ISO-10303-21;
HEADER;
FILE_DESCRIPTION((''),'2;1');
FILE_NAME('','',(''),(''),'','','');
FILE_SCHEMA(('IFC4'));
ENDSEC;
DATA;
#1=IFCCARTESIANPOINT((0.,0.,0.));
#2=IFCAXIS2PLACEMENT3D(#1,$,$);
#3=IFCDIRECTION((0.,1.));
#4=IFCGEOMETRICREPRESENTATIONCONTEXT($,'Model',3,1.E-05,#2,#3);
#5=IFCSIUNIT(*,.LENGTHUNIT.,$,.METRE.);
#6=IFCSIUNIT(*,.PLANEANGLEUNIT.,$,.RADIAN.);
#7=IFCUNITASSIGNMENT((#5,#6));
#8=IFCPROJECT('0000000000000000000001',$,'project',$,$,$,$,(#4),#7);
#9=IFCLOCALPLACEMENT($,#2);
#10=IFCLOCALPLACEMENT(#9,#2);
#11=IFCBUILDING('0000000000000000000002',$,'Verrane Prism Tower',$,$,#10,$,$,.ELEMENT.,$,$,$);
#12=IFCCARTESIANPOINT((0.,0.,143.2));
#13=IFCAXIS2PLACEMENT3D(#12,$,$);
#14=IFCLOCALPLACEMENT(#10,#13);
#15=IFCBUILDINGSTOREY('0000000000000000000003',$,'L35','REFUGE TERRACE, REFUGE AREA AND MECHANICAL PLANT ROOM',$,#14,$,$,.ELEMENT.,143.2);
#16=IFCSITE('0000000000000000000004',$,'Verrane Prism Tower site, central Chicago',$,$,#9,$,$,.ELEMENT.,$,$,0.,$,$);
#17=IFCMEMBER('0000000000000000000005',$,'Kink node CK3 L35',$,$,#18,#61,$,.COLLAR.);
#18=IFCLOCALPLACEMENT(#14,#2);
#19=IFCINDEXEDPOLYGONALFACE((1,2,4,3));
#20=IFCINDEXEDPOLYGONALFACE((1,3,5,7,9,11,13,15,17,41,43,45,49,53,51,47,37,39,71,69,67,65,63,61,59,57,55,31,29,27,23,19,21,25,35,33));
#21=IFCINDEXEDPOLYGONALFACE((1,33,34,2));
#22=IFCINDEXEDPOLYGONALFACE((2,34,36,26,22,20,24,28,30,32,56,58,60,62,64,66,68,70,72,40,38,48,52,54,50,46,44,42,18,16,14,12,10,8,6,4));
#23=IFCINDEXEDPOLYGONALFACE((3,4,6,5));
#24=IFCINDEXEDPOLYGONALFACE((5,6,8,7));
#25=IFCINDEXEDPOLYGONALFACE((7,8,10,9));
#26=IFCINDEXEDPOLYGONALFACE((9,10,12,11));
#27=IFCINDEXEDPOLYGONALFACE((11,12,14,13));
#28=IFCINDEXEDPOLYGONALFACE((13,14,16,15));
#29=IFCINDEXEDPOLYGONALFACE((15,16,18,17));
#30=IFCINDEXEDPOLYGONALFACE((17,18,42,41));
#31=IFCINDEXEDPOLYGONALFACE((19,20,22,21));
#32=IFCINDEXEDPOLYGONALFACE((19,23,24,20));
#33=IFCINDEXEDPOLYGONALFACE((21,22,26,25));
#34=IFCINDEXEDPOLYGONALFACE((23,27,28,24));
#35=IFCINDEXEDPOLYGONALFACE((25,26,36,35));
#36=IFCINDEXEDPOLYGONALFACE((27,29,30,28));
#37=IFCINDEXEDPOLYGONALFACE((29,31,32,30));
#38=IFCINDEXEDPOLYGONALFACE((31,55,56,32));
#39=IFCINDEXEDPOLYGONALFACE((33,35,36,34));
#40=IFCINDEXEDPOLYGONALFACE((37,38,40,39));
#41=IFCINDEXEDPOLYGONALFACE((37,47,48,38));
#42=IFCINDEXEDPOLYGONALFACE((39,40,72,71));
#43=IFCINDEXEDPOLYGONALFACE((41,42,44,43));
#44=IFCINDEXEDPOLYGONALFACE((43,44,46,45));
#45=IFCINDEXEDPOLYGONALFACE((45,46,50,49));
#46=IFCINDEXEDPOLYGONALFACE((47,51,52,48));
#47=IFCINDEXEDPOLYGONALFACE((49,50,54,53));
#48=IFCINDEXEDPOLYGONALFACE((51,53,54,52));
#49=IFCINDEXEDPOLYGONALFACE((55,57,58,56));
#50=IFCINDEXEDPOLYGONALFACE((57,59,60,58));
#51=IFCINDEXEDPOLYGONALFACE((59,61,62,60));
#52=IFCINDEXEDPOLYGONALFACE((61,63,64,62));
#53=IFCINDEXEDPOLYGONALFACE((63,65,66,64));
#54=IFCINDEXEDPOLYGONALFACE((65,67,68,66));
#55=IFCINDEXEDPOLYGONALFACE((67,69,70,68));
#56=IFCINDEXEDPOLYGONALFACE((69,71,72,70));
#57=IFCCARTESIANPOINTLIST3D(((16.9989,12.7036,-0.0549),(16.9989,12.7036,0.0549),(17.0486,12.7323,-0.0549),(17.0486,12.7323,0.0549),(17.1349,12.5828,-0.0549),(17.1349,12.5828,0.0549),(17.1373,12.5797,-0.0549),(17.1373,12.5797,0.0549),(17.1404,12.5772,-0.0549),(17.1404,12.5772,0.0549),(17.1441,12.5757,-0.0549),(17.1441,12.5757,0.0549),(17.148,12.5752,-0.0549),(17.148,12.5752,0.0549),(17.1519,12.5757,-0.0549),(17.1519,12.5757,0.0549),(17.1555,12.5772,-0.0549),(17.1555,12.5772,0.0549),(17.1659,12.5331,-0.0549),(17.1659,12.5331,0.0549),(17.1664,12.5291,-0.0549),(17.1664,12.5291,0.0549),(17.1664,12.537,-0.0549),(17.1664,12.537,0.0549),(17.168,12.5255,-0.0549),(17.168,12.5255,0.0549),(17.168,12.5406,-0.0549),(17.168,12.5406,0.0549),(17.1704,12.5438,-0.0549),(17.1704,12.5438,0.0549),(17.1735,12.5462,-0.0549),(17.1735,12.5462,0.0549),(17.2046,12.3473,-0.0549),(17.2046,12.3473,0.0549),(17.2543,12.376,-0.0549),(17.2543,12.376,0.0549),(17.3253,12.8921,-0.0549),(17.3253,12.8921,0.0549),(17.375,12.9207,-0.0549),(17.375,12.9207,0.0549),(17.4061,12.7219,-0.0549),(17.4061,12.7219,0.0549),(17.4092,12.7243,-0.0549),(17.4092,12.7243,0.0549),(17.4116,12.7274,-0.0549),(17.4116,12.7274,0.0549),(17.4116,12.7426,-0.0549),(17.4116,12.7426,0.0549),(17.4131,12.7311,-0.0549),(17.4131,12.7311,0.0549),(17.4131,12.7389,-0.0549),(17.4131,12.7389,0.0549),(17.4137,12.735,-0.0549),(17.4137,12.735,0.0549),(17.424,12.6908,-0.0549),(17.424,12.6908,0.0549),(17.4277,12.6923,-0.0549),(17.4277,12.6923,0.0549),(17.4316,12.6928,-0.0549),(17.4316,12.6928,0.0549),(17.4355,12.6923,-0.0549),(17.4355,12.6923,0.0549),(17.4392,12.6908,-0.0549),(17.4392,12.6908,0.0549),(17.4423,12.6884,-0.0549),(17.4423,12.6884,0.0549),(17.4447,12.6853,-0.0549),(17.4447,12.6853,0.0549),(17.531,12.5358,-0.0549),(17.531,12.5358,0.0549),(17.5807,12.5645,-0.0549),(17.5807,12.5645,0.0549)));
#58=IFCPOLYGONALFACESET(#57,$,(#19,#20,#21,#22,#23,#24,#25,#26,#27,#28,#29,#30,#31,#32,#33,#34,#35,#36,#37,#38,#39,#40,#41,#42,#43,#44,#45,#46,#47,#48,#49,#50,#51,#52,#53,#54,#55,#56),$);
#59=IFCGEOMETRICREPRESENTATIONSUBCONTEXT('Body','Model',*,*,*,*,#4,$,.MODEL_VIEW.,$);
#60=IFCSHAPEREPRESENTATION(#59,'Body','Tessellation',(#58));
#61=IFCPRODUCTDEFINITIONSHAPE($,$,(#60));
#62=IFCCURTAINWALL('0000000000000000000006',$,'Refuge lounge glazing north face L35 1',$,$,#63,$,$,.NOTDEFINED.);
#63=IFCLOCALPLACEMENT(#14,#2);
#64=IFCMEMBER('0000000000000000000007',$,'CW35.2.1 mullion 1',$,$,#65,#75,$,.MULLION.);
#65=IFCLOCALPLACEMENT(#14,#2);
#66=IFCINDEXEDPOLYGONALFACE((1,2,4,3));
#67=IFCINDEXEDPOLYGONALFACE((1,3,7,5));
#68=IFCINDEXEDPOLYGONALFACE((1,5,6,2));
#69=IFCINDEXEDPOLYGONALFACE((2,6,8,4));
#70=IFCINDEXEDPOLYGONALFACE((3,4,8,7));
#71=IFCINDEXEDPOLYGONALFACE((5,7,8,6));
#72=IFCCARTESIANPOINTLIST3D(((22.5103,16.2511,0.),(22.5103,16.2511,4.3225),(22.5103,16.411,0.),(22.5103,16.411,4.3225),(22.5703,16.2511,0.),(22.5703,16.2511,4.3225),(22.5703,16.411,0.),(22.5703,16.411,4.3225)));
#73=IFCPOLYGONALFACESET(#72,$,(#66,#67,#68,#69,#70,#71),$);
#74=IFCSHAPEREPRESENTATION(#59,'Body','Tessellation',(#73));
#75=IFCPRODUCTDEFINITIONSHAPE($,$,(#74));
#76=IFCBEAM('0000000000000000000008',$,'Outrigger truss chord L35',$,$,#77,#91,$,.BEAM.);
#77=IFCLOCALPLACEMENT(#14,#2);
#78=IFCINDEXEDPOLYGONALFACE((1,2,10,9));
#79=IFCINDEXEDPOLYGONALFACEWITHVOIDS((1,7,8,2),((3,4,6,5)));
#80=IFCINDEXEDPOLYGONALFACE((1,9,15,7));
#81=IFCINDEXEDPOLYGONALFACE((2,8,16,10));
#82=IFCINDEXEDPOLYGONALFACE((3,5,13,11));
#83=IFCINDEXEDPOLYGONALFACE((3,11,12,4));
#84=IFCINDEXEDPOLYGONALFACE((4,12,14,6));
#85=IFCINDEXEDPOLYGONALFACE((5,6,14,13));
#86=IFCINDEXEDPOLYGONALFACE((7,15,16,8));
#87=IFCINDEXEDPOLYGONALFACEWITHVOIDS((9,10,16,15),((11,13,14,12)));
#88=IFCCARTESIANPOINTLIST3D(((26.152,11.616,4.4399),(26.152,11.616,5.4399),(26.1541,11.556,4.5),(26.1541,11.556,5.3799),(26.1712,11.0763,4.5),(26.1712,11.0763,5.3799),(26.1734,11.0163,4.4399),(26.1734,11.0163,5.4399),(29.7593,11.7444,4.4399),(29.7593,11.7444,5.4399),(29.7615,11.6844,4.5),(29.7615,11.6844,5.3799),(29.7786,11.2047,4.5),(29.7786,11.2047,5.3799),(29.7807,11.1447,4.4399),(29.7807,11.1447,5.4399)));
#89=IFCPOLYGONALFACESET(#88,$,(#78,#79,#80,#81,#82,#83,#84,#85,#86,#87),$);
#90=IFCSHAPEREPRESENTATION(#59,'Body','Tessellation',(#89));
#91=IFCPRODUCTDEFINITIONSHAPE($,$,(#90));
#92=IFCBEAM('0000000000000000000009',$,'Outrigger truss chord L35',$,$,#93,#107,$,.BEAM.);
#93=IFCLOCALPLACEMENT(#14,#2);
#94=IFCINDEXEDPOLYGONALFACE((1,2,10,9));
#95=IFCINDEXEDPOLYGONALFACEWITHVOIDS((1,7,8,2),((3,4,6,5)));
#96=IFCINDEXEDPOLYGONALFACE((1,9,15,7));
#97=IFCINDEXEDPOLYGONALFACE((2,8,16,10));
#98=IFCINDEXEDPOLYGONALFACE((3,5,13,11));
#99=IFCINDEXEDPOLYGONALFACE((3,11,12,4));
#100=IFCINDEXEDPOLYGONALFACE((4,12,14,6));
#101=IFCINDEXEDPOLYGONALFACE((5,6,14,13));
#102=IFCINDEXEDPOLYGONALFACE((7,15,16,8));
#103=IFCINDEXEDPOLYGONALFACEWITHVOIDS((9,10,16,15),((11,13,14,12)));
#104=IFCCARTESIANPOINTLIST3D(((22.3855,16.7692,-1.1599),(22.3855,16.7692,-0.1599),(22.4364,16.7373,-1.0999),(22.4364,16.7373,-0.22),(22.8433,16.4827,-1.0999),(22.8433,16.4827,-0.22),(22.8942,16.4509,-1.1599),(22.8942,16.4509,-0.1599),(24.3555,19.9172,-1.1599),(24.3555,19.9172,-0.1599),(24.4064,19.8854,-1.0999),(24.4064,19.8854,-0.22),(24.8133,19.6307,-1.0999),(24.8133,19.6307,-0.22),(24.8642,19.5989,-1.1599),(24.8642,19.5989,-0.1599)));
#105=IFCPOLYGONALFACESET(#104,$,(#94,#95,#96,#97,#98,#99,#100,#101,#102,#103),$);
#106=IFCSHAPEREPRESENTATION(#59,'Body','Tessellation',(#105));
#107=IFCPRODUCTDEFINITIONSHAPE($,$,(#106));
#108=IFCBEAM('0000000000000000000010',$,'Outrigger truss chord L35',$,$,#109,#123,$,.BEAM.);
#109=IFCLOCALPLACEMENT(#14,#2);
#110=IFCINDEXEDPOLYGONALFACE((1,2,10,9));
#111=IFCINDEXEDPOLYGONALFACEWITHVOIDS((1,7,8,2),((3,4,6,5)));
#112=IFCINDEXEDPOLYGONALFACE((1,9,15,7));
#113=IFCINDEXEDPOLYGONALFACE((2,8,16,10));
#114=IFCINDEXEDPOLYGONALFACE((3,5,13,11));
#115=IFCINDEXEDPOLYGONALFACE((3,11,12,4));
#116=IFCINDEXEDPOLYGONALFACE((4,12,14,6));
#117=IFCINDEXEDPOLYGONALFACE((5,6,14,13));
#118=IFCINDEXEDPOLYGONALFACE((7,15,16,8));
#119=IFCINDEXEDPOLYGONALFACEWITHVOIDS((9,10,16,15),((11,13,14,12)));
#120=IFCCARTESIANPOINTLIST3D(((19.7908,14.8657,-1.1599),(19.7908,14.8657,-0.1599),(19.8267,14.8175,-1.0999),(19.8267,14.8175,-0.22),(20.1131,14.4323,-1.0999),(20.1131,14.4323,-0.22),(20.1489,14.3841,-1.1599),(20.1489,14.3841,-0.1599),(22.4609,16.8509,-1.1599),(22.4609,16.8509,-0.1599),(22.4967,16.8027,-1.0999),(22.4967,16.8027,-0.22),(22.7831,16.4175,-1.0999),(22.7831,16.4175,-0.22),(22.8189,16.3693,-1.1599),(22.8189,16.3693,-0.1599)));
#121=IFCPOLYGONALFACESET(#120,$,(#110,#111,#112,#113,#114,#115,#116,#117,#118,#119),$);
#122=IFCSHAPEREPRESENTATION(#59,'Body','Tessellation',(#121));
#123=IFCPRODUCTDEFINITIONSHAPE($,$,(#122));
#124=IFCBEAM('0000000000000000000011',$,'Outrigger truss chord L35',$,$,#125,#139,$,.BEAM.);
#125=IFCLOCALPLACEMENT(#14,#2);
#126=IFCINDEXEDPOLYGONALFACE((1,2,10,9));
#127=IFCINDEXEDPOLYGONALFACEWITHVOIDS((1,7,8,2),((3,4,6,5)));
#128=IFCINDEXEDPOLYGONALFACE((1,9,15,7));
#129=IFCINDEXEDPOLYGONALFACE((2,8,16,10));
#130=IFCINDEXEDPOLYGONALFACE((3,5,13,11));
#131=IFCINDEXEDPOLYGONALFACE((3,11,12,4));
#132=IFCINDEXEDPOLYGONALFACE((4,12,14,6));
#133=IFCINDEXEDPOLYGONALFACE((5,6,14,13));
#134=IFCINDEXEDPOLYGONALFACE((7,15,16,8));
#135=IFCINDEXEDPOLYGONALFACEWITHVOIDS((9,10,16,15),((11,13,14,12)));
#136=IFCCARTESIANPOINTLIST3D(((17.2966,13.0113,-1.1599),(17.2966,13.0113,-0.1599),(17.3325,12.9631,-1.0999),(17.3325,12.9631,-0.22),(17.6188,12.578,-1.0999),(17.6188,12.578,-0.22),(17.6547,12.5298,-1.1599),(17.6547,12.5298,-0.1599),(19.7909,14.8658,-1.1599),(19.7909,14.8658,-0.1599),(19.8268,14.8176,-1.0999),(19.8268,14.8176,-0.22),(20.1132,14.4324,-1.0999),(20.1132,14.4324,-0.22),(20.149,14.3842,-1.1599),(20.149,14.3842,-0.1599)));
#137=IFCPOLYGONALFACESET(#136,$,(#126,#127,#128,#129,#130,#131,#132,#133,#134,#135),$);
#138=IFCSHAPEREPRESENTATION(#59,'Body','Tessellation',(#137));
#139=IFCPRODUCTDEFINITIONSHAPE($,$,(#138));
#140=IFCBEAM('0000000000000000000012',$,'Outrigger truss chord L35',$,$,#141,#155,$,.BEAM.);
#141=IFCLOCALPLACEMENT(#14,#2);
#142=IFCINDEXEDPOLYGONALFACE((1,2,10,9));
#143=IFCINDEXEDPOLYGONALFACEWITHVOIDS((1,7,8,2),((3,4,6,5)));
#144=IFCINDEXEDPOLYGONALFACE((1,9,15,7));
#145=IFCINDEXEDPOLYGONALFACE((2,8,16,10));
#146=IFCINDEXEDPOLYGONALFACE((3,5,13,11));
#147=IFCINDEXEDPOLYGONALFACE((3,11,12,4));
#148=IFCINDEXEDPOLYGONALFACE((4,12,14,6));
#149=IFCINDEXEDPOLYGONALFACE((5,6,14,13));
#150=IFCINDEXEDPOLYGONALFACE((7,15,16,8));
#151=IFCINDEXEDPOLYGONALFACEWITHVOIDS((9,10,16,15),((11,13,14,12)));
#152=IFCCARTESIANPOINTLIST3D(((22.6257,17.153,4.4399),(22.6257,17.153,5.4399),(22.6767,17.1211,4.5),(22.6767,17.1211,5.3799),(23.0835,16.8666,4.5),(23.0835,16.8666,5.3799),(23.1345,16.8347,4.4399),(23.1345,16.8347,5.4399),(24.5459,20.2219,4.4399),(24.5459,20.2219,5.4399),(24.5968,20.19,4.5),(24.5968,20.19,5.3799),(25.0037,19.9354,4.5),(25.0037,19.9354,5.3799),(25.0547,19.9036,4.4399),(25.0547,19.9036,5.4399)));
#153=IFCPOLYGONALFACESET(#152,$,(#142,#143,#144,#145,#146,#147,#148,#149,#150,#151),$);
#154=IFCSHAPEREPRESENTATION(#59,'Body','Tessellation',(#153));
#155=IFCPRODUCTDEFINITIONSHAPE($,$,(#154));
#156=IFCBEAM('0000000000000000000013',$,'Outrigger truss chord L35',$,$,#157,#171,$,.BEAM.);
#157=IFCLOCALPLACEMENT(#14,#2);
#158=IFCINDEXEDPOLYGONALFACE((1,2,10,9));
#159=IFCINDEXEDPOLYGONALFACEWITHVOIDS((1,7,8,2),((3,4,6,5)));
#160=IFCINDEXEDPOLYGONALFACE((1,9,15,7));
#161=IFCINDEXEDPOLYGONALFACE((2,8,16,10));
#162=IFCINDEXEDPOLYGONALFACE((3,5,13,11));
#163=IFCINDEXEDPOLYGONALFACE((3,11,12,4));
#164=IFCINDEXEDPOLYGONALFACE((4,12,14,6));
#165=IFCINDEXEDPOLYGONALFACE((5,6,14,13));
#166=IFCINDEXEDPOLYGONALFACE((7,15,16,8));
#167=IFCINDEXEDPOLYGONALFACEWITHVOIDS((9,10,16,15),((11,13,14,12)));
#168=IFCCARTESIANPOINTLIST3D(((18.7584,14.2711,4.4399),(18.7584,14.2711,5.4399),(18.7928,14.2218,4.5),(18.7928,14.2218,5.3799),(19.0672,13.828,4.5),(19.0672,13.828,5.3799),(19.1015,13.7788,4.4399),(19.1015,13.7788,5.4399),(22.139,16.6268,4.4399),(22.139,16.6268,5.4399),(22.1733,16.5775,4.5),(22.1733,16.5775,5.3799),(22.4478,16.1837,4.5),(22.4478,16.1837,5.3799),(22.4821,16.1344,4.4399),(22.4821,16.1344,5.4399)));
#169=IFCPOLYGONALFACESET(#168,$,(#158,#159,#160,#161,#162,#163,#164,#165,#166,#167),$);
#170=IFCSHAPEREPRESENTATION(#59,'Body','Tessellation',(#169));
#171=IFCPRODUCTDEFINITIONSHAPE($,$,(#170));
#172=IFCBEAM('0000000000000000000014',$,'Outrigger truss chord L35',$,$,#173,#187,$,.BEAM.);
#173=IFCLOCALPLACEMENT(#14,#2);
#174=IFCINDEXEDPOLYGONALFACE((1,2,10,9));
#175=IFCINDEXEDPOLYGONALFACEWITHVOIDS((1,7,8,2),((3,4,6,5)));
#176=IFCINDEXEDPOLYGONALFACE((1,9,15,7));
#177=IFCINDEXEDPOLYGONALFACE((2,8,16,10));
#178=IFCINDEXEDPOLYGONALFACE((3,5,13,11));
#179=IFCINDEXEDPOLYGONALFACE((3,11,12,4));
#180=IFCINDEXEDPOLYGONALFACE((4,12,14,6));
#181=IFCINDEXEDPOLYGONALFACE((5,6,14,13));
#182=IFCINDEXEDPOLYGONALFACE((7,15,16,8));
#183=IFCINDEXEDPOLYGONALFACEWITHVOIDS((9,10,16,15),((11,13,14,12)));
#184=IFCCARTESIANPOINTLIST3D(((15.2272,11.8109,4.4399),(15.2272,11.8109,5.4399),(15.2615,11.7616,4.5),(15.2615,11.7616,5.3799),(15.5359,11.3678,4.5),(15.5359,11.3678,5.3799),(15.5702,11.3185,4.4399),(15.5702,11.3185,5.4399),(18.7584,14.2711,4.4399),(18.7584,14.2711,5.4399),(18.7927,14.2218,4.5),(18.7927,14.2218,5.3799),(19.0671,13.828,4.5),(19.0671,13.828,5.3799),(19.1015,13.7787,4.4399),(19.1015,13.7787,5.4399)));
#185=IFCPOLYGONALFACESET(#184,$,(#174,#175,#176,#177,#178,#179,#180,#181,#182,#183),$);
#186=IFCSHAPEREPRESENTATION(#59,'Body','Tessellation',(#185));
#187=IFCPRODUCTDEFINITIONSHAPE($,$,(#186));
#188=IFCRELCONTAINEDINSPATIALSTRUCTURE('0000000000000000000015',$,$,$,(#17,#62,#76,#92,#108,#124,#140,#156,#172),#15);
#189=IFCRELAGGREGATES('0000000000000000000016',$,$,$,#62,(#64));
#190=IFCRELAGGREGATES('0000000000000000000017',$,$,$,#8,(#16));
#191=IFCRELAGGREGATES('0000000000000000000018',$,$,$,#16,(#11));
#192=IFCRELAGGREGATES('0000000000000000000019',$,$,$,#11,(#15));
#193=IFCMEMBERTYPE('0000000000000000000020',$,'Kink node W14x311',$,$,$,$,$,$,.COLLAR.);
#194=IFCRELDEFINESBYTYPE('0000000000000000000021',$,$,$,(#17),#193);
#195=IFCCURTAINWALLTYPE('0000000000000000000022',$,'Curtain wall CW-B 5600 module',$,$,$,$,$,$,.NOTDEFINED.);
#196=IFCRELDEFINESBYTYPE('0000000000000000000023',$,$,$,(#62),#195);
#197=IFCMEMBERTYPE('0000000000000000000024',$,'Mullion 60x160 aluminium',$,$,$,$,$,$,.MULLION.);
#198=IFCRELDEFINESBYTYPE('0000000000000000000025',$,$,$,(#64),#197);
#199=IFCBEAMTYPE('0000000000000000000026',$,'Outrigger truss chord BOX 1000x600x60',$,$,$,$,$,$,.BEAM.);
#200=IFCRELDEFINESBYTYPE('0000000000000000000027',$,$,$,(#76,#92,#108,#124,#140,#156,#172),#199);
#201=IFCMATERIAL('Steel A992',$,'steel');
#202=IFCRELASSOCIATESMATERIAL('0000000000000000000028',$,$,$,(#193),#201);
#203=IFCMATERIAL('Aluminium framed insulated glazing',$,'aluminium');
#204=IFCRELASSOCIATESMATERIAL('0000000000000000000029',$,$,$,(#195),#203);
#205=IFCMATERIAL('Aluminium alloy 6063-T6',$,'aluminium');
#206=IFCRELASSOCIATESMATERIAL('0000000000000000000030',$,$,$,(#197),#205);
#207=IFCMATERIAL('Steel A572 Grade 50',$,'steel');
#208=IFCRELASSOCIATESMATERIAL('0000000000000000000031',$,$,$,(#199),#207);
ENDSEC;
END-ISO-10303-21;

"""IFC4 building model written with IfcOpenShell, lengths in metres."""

from ifc_helpers import new_model, si_unit, direction, frame, origin, origin_2d, place, context, subcontext, project, spatial, rectangle, hollow_rectangle, i_section, extrude, material, material_profile, profile_set, type_object, element, aggregate, save


model = new_model("IFC4")

# Units and contexts
model_context = context("Model", 3, precision=1e-05, world=origin(), true_north=direction((0.0, 1.0)))
body_context = subcontext(model_context, "Body", "Model", "MODEL_VIEW")
ifc_project = project(units=[si_unit("LENGTHUNIT", "METRE"), si_unit("PLANEANGLEUNIT", "RADIAN")], contexts=[model_context])

# Site, building, storey
site_placement = place(None, origin())
site = spatial("IfcSite", under=ifc_project, at=site_placement, Name="Verrane Prism Tower site, central Chicago", CompositionType="ELEMENT", RefElevation=0.0)
building_placement = place(site_placement, origin())
building = spatial("IfcBuilding", under=site, at=building_placement, Name="Verrane Prism Tower", CompositionType="ELEMENT")
storey_placement = place(building_placement, frame((0.0, 0.0, 143.2)))
storey = spatial("IfcBuildingStorey", under=building, at=storey_placement, Name="L35", Description="REFUGE TERRACE, REFUGE AREA AND MECHANICAL PLANT ROOM", CompositionType="ELEMENT", Elevation=143.2)

# Member
ifc_material_1 = material(Name="Steel A992", Category="steel")
ifc_material_profile_1 = material_profile(ifc_material_1, i_section(OverallWidth=0.4114, OverallDepth=0.4343, WebThickness=0.0359, FlangeThickness=0.0574, FilletRadius=0.0151, at=origin_2d()), Name="W14x311")
ifc_profile_set_1 = profile_set([ifc_material_profile_1], Name="Steel A992")
member_type_1 = type_object("IfcMemberType", Name="Kink node W14x311", PredefinedType="COLLAR", material=ifc_profile_set_1)
member_1_placement = place(storey_placement, frame((17.2898, 12.634, -0.0549), z_axis=(0.0, 0.0, 1.0), x_axis=(0.5, -0.866025, 0.0)))
element("IfcMember", 1, at=member_1_placement, inside=storey, type_object=member_type_1, Name="Kink node CK3 L35", PredefinedType="COLLAR", context=body_context, shape_type="SweptSolid", body=[
    extrude(i_section(OverallWidth=0.4114, OverallDepth=0.4343, WebThickness=0.0359, FlangeThickness=0.0574, FilletRadius=0.0151, at=origin_2d()), origin(), (0.0, 0.0, 1.0), 0.1099),
])

# Curtain wall, member
ifc_material_2 = material(Name="Aluminium framed insulated glazing", Category="aluminium")
curtain_wall_type = type_object("IfcCurtainWallType", Name="Curtain wall CW-B 5600 module", PredefinedType="NOTDEFINED", material=ifc_material_2)
curtain_wall_placement = place(storey_placement, origin())
curtain_wall = element("IfcCurtainWall", 2, at=curtain_wall_placement, inside=storey, type_object=curtain_wall_type, Name="Refuge lounge glazing north face L35 1", PredefinedType="NOTDEFINED")
ifc_material_3 = material(Name="Aluminium alloy 6063-T6", Category="aluminium")
ifc_material_profile_2 = material_profile(ifc_material_3, rectangle(XDim=0.1599, YDim=0.0601, at=origin_2d()), Name="Mullion 60x160 aluminium")
ifc_profile_set_2 = profile_set([ifc_material_profile_2], Name="Aluminium alloy 6063-T6")
member_type_2 = type_object("IfcMemberType", Name="Mullion 60x160 aluminium", PredefinedType="MULLION", material=ifc_profile_set_2)
member_2_placement = place(storey_placement, frame((22.5403, 16.3311, 0.0), z_axis=(0.0, 0.0, 1.0), x_axis=(0.0, -1.0, 0.0)))
member_2 = element("IfcMember", 3, at=member_2_placement, type_object=member_type_2, Name="CW35.2.1 mullion 1", PredefinedType="MULLION", context=body_context, shape_type="SweptSolid", body=[
    extrude(rectangle(XDim=0.1599, YDim=0.0601, at=origin_2d()), origin(), (0.0, 0.0, 1.0), 4.3225),
])

# Beams
ifc_material_4 = material(Name="Steel A572 Grade 50", Category="steel")
ifc_material_profile_3 = material_profile(ifc_material_4, hollow_rectangle(XDim=0.6001, YDim=1.0, WallThickness=0.0601, at=origin_2d()), Name="BOX 1000x600x60")
ifc_profile_set_3 = profile_set([ifc_material_profile_3], Name="Steel A572 Grade 50")
beam_type_1 = type_object("IfcBeamType", Name="Outrigger truss chord BOX 1000x600x60", PredefinedType="BEAM", material=ifc_profile_set_3)
beam_1_placement = place(storey_placement, frame((29.77, 11.4446, 4.9399), z_axis=(-0.999367, -0.035576, 0.0), x_axis=(0.035576, -0.999367, 0.0)))
element("IfcBeam", 4, at=beam_1_placement, inside=storey, type_object=beam_type_1, Name="Outrigger truss chord L35", PredefinedType="BEAM", context=body_context, shape_type="SweptSolid", body=[
    extrude(hollow_rectangle(XDim=0.6001, YDim=1.0, WallThickness=0.0601, at=origin_2d()), origin(), (0.0, 0.0, 1.0), 3.6096),
])
beam_2_placement = place(storey_placement, frame((24.6099, 19.7581, -0.6599), z_axis=(-0.530483, -0.847695, 0.0), x_axis=(0.847695, -0.530483, 0.0)))
element("IfcBeam", 5, at=beam_2_placement, inside=storey, type_object=beam_type_1, Name="Outrigger truss chord L35", PredefinedType="BEAM", context=body_context, shape_type="SweptSolid", body=[
    extrude(hollow_rectangle(XDim=0.6001, YDim=1.0, WallThickness=0.0601, at=origin_2d()), origin(), (0.0, 0.0, 1.0), 3.7136),
])
beam_3_placement = place(storey_placement, frame((22.6399, 16.6101, -0.6599), z_axis=(-0.802494, -0.59666, 0.0), x_axis=(0.59666, -0.802494, 0.0)))
element("IfcBeam", 6, at=beam_3_placement, inside=storey, type_object=beam_type_1, Name="Outrigger truss chord L35", PredefinedType="BEAM", context=body_context, shape_type="SweptSolid", body=[
    extrude(hollow_rectangle(XDim=0.6001, YDim=1.0, WallThickness=0.0601, at=origin_2d()), origin(), (0.0, 0.0, 1.0), 3.3271),
])
beam_4_placement = place(storey_placement, frame((19.97, 14.625, -0.6599), z_axis=(-0.80251, -0.596639, 0.0), x_axis=(0.596639, -0.80251, 0.0)))
element("IfcBeam", 7, at=beam_4_placement, inside=storey, type_object=beam_type_1, Name="Outrigger truss chord L35", PredefinedType="BEAM", context=body_context, shape_type="SweptSolid", body=[
    extrude(hollow_rectangle(XDim=0.6001, YDim=1.0, WallThickness=0.0601, at=origin_2d()), origin(), (0.0, 0.0, 1.0), 3.1082),
])
beam_5_placement = place(storey_placement, frame((24.8003, 20.0627, 4.9399), z_axis=(-0.530423, -0.847733, 0.0), x_axis=(0.847733, -0.530423, 0.0)))
element("IfcBeam", 8, at=beam_5_placement, inside=storey, type_object=beam_type_1, Name="Outrigger truss chord L35", PredefinedType="BEAM", context=body_context, shape_type="SweptSolid", body=[
    extrude(hollow_rectangle(XDim=0.6001, YDim=1.0, WallThickness=0.0601, at=origin_2d()), origin(), (0.0, 0.0, 1.0), 3.6201),
])
beam_6_placement = place(storey_placement, frame((22.3105, 16.3806, 4.9399), z_axis=(-0.820452, -0.571715, 0.0), x_axis=(0.571715, -0.820452, 0.0)))
element("IfcBeam", 9, at=beam_6_placement, inside=storey, type_object=beam_type_1, Name="Outrigger truss chord L35", PredefinedType="BEAM", context=body_context, shape_type="SweptSolid", body=[
    extrude(hollow_rectangle(XDim=0.6001, YDim=1.0, WallThickness=0.0601, at=origin_2d()), origin(), (0.0, 0.0, 1.0), 4.1204),
])
beam_7_placement = place(storey_placement, frame((18.9299, 14.0249, 4.9399), z_axis=(-0.820504, -0.571641, 0.0), x_axis=(0.571641, -0.820504, 0.0)))
element("IfcBeam", 10, at=beam_7_placement, inside=storey, type_object=beam_type_1, Name="Outrigger truss chord L35", PredefinedType="BEAM", context=body_context, shape_type="SweptSolid", body=[
    extrude(hollow_rectangle(XDim=0.6001, YDim=1.0, WallThickness=0.0601, at=origin_2d()), origin(), (0.0, 0.0, 1.0), 4.3037),
])

aggregate(curtain_wall, [member_2])

save(model, "model.ifc")
